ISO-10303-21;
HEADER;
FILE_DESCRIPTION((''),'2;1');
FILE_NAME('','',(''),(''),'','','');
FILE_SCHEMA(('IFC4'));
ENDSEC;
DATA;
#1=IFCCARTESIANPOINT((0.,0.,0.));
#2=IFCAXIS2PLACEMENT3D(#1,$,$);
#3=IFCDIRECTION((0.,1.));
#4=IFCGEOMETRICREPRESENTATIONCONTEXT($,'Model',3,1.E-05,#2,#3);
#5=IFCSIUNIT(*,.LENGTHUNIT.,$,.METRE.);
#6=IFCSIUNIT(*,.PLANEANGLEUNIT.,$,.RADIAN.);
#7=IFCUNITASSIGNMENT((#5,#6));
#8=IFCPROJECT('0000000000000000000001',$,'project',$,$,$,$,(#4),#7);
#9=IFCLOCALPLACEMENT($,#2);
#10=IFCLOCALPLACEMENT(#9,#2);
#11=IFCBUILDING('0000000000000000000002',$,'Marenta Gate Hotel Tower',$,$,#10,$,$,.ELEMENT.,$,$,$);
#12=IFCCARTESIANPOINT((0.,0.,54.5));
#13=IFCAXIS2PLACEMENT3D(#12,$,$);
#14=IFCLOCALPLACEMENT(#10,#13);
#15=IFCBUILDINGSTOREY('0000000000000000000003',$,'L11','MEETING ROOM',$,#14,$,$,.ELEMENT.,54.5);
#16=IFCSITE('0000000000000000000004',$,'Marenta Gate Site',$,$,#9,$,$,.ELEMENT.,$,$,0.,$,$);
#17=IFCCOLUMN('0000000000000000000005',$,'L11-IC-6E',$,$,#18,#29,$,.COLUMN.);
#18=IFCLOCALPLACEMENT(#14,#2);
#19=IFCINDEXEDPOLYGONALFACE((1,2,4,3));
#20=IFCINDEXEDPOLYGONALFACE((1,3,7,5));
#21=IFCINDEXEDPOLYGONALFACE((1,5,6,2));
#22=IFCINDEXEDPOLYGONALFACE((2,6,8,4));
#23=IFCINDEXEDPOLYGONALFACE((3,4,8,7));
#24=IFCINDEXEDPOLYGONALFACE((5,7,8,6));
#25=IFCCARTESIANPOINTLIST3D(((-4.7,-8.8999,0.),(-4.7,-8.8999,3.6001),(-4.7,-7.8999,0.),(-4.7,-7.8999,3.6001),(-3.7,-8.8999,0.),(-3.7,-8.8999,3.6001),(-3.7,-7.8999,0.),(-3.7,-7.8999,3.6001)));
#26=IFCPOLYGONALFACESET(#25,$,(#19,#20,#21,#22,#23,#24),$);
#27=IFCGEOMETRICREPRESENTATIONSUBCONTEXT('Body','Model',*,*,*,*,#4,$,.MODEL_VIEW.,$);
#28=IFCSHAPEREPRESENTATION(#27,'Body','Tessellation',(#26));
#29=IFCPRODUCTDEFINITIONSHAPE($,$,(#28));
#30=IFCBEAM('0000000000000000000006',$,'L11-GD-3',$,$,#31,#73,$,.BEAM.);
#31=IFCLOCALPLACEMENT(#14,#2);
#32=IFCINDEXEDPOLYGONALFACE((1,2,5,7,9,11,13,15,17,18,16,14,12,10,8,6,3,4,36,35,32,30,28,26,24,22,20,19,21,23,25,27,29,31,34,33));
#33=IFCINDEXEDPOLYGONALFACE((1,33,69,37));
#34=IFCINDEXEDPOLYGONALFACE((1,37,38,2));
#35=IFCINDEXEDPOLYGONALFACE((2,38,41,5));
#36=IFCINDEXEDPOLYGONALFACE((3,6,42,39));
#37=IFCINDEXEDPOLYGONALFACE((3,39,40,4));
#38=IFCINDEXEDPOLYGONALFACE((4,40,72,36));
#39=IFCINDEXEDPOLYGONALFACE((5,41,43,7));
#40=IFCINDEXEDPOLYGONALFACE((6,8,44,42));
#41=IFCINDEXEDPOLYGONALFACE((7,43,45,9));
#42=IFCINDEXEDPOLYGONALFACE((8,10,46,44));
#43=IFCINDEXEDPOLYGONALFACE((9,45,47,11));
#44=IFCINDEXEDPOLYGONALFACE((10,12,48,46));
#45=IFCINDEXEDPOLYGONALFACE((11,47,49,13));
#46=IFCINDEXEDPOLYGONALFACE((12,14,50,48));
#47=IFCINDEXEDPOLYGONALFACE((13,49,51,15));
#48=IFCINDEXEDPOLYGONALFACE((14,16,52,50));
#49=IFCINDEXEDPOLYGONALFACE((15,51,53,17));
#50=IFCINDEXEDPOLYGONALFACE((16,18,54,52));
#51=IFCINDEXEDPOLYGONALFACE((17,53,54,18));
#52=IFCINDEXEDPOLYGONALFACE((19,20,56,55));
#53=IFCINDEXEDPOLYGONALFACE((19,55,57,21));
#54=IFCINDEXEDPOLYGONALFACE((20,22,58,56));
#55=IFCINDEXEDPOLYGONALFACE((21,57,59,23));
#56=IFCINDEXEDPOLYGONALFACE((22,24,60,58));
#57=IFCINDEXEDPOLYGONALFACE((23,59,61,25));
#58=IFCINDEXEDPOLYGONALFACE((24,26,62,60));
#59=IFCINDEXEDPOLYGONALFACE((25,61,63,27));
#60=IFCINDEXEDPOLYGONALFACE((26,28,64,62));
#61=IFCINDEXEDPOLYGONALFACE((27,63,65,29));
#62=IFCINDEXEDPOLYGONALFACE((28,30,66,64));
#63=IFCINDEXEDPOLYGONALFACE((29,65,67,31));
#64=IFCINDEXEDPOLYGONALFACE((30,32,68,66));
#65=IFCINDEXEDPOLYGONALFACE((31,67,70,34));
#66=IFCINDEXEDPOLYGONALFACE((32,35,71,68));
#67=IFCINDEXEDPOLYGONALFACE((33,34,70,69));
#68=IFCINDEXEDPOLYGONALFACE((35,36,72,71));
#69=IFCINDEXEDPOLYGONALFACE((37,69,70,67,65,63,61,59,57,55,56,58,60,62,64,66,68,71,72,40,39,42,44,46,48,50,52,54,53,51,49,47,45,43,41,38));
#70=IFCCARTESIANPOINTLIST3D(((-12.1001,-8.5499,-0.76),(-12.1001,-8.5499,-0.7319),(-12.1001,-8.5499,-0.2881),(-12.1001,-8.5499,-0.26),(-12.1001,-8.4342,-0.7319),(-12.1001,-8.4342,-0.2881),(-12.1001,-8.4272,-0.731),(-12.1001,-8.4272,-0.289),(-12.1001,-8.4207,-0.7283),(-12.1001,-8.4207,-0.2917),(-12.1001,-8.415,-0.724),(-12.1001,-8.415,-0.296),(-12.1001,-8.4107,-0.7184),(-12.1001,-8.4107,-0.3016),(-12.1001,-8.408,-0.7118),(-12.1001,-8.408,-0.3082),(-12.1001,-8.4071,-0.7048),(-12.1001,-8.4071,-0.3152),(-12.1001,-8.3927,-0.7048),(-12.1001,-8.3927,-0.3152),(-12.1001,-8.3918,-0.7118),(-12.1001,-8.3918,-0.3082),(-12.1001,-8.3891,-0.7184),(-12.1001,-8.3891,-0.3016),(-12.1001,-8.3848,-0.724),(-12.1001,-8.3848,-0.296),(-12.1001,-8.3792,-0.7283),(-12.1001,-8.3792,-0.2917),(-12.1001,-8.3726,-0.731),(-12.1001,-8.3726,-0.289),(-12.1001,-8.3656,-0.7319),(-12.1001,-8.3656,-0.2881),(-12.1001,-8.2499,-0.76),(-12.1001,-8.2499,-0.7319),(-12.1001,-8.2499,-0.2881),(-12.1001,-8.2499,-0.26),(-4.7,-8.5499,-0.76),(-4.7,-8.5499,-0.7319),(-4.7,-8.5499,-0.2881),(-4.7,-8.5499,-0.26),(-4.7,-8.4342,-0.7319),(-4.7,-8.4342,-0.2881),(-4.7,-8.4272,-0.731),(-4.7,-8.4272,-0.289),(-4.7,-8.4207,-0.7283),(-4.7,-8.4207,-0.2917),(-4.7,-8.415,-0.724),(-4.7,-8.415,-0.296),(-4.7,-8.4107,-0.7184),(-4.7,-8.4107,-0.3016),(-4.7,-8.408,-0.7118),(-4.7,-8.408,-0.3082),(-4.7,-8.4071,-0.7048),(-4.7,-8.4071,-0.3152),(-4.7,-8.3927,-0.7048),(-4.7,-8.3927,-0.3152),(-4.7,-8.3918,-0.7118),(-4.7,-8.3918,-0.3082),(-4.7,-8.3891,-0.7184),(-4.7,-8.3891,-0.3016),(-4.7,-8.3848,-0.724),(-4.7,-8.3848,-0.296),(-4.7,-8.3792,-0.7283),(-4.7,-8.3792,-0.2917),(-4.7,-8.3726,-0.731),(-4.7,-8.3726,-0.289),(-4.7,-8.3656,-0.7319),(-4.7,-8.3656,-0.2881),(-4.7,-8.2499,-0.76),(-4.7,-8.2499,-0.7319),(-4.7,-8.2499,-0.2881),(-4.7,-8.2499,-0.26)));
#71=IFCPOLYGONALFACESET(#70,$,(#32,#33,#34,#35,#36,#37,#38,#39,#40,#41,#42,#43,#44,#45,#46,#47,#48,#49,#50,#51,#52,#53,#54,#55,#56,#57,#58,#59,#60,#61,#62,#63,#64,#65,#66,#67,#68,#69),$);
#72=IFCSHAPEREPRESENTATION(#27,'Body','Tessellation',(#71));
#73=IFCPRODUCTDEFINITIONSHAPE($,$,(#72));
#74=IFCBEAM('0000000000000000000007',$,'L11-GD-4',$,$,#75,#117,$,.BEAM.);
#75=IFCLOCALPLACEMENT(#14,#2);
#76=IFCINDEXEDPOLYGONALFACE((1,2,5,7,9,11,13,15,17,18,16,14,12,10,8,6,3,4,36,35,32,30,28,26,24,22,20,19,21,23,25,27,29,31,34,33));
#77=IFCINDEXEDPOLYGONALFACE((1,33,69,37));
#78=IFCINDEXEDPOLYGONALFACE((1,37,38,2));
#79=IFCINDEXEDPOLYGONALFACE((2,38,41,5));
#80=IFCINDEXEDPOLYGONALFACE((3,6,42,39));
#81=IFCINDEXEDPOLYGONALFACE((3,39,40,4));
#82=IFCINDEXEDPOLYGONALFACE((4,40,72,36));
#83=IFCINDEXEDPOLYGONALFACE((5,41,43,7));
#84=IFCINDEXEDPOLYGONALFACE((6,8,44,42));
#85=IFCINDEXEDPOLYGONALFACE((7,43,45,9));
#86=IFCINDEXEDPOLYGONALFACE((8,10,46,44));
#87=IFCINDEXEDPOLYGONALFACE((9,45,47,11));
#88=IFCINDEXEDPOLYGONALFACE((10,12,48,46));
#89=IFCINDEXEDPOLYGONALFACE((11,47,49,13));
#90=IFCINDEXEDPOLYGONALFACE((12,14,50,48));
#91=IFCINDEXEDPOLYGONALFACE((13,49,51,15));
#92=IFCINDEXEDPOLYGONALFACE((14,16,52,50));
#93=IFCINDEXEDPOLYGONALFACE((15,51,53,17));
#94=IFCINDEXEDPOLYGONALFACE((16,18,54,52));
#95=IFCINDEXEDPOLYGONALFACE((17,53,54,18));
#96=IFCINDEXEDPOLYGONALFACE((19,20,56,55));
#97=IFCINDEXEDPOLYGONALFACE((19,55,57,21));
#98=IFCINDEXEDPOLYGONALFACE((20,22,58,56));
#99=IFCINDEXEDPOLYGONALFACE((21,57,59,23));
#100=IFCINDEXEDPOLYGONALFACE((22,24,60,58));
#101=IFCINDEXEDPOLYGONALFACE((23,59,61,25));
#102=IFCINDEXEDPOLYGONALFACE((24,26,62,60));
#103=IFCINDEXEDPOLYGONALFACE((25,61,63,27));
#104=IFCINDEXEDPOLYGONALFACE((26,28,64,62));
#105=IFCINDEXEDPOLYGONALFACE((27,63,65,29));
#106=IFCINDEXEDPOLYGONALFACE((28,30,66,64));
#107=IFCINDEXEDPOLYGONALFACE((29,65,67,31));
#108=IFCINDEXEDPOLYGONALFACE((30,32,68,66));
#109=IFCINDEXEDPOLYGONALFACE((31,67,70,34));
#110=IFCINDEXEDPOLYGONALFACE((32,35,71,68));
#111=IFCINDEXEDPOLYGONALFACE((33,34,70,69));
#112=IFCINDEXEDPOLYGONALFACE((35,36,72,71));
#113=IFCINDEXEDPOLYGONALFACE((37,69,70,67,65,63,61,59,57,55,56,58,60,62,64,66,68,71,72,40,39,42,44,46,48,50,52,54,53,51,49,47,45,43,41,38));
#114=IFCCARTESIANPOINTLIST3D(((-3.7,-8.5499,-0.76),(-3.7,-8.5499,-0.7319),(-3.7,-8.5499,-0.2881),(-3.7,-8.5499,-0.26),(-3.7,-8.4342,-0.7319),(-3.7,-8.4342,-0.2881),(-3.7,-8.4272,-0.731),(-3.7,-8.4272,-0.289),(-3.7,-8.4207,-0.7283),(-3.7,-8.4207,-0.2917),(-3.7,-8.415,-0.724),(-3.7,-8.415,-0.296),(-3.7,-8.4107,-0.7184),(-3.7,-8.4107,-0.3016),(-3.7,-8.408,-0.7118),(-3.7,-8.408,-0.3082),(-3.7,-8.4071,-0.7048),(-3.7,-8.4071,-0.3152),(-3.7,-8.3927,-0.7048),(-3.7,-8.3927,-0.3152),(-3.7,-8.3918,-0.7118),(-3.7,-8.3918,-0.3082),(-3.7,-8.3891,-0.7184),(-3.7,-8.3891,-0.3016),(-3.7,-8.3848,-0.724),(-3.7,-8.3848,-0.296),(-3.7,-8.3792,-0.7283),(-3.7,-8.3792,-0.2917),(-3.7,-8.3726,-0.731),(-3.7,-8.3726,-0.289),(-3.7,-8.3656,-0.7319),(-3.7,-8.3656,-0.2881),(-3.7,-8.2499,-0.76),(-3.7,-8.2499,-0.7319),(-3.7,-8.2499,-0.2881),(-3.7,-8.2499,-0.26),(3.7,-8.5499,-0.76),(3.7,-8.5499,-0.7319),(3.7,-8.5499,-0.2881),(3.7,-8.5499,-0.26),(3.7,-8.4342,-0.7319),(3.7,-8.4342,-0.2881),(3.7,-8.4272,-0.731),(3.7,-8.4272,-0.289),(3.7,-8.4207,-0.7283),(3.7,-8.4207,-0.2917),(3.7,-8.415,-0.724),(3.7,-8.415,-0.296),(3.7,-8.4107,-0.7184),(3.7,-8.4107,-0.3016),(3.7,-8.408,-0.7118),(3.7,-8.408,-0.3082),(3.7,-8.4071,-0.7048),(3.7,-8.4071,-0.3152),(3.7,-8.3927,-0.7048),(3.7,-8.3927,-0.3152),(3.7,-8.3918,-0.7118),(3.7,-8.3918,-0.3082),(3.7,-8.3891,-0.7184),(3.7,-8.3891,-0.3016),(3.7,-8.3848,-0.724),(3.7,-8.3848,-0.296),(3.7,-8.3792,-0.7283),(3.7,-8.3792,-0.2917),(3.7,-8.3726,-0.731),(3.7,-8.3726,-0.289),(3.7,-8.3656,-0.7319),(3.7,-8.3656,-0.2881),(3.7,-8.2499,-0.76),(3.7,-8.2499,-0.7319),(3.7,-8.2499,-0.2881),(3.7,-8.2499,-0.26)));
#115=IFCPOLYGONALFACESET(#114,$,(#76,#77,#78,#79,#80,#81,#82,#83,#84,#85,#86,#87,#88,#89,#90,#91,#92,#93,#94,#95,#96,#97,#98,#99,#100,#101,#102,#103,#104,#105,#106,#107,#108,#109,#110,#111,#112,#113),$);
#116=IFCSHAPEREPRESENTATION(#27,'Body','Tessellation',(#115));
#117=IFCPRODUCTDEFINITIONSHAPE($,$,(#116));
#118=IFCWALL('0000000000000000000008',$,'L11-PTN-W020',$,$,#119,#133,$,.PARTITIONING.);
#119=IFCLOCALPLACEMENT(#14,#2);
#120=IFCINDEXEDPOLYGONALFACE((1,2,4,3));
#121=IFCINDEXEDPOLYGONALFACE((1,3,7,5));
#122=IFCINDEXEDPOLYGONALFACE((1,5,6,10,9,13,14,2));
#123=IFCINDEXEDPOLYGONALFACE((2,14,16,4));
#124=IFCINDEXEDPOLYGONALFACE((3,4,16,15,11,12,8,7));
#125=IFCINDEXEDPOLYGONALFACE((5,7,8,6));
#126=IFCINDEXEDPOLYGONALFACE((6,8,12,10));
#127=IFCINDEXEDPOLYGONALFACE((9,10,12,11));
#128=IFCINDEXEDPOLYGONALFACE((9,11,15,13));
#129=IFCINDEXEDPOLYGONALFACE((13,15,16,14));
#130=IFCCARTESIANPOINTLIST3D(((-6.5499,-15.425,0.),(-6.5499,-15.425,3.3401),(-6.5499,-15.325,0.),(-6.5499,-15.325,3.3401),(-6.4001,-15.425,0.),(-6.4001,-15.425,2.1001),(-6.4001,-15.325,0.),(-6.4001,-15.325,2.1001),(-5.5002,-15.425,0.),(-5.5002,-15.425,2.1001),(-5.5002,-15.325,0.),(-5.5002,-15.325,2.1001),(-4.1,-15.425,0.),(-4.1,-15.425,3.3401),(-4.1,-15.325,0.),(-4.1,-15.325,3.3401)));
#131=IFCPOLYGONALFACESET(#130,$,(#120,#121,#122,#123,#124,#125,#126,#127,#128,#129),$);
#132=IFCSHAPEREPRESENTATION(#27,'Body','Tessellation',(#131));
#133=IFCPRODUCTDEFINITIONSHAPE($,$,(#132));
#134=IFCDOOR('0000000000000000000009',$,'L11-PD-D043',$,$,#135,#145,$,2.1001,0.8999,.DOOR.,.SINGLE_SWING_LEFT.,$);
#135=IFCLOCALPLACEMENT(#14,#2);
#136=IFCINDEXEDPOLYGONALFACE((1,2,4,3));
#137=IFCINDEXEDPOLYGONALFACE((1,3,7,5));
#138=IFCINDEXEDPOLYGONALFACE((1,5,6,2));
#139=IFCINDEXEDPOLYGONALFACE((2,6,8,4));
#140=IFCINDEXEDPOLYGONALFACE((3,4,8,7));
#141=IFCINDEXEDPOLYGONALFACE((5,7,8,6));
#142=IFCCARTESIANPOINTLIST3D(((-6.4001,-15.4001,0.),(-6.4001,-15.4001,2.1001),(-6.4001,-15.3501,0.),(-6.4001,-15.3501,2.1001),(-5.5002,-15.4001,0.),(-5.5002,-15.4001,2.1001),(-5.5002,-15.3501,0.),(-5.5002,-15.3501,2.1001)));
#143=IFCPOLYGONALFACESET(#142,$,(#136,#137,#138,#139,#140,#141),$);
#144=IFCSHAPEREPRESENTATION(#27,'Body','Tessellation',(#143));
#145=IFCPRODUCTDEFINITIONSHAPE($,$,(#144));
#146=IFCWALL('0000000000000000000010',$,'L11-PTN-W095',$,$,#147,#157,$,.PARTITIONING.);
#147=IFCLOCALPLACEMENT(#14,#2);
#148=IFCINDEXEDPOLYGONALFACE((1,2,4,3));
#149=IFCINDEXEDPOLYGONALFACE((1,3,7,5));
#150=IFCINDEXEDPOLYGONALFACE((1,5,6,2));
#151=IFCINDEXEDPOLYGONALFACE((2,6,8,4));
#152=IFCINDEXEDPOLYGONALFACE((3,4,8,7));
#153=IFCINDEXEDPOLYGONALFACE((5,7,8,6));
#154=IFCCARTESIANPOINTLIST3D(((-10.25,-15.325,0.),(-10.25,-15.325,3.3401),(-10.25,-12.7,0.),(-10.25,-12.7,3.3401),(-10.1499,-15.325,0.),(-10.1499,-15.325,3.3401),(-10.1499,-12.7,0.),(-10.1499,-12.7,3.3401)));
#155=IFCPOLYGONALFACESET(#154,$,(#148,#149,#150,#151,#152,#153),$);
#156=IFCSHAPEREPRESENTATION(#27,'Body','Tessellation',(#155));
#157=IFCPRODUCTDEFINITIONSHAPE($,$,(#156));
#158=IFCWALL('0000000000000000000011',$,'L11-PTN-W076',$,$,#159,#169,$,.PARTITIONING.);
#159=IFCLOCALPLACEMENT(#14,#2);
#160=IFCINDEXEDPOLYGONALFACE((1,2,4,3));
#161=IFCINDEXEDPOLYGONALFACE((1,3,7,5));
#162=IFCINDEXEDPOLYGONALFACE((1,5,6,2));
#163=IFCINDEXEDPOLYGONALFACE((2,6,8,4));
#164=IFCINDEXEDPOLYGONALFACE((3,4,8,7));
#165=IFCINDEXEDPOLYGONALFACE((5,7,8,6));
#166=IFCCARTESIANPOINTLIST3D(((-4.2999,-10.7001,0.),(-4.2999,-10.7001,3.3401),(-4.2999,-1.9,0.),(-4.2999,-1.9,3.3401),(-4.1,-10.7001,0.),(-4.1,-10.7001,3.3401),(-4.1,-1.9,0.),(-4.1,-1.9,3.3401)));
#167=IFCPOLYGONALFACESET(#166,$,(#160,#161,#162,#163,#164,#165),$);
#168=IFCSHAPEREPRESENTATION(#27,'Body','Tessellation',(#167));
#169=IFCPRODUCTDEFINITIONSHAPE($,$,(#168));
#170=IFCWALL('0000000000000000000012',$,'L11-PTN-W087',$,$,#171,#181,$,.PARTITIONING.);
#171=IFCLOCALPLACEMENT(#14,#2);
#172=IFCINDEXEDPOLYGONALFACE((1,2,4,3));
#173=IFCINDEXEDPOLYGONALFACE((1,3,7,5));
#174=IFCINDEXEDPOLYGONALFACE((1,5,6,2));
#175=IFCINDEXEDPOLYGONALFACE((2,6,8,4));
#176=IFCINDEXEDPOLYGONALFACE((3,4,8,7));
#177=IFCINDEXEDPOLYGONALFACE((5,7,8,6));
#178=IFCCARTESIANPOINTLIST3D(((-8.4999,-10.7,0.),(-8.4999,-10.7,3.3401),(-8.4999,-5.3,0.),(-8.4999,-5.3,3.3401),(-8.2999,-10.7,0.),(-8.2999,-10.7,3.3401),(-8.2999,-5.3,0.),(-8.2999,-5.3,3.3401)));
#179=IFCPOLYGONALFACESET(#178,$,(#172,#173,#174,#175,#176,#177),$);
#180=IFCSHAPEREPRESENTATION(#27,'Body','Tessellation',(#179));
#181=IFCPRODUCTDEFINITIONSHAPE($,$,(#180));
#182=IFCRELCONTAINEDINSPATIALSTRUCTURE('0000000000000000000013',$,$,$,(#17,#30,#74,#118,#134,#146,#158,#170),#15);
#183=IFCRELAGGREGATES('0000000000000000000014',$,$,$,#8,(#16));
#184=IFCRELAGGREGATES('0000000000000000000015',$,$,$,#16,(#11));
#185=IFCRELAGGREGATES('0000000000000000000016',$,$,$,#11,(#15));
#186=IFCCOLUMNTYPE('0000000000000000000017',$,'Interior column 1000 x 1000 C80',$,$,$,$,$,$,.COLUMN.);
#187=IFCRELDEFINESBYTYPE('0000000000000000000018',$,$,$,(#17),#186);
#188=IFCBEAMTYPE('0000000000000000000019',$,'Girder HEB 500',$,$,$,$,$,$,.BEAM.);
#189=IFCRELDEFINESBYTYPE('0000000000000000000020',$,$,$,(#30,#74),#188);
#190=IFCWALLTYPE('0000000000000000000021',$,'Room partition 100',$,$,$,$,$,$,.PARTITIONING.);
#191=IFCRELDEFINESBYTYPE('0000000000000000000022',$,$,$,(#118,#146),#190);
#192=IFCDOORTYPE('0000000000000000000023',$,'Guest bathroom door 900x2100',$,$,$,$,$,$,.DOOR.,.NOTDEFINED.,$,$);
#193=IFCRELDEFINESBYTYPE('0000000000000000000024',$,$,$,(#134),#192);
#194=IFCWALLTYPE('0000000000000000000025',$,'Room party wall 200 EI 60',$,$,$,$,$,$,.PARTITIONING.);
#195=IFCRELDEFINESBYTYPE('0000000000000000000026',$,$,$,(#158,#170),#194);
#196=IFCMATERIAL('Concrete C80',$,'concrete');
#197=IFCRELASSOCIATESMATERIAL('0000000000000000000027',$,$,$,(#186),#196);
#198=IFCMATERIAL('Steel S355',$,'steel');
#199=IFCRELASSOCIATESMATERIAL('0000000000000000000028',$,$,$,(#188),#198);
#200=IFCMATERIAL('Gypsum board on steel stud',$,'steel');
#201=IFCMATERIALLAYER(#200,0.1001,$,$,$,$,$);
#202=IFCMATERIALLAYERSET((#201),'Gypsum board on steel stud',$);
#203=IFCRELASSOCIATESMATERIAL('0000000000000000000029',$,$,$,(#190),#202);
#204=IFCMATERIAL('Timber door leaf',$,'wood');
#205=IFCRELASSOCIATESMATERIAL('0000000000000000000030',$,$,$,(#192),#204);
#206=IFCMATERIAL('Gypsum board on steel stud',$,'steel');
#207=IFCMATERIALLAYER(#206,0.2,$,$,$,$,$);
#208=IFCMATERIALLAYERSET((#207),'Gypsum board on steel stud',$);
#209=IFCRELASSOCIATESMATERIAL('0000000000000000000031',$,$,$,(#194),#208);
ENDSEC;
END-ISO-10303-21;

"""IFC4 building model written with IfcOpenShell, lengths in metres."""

from ifc_helpers import new_model, si_unit, direction, frame, frame_2d, origin, origin_2d, place, context, subcontext, project, spatial, rectangle, i_section, extrude, material, layer, layer_set, material_profile, profile_set, type_object, element, fill, save


model = new_model("IFC4")

# Units and contexts
model_context = context("Model", 3, precision=1e-05, world=origin(), true_north=direction((0.0, 1.0)))
body_context = subcontext(model_context, "Body", "Model", "MODEL_VIEW")
ifc_project = project(units=[si_unit("LENGTHUNIT", "METRE"), si_unit("PLANEANGLEUNIT", "RADIAN")], contexts=[model_context])

# Site, building, storey
site_placement = place(None, origin())
site = spatial("IfcSite", under=ifc_project, at=site_placement, Name="Marenta Gate Site", CompositionType="ELEMENT", RefElevation=0.0)
building_placement = place(site_placement, origin())
building = spatial("IfcBuilding", under=site, at=building_placement, Name="Marenta Gate Hotel Tower", CompositionType="ELEMENT")
storey_placement = place(building_placement, frame((0.0, 0.0, 54.5)))
storey = spatial("IfcBuildingStorey", under=building, at=storey_placement, Name="L11", Description="MEETING ROOM", CompositionType="ELEMENT", Elevation=54.5)

# Column
ifc_material_1 = material(Name="Concrete C80", Category="concrete")
ifc_material_profile_1 = material_profile(ifc_material_1, rectangle(XDim=1.0, YDim=1.0, at=origin_2d()), Name="1000 x 1000")
ifc_profile_set_1 = profile_set([ifc_material_profile_1], Name="Concrete C80")
column_type = type_object("IfcColumnType", Name="Interior column 1000 x 1000 C80", PredefinedType="COLUMN", material=ifc_profile_set_1)
column_placement = place(storey_placement, frame((-4.2, -8.3999, 0.0), z_axis=(0.0, 0.0, 1.0), x_axis=(1.0, 0.0, 0.0)))
element("IfcColumn", 1, at=column_placement, inside=storey, type_object=column_type, Name="L11-IC-6E", PredefinedType="COLUMN", context=body_context, shape_type="SweptSolid", body=[
    extrude(rectangle(XDim=1.0, YDim=1.0, at=origin_2d()), origin(), (0.0, 0.0, 1.0), 3.6001),
])

# Beams
ifc_material_2 = material(Name="Steel S355", Category="steel")
ifc_material_profile_2 = material_profile(ifc_material_2, i_section(OverallWidth=0.3, OverallDepth=0.5, WebThickness=0.0144, FlangeThickness=0.0281, FilletRadius=0.0271, at=origin_2d()), Name="HEB 500")
ifc_profile_set_2 = profile_set([ifc_material_profile_2], Name="Steel S355")
beam_type = type_object("IfcBeamType", Name="Girder HEB 500", PredefinedType="BEAM", material=ifc_profile_set_2)
beam_1_placement = place(storey_placement, frame((-12.1001, -8.3999, -0.51), z_axis=(1.0, 0.0, 0.0), x_axis=(0.0, 1.0, 0.0)))
element("IfcBeam", 2, at=beam_1_placement, inside=storey, type_object=beam_type, Name="L11-GD-3", PredefinedType="BEAM", context=body_context, shape_type="SweptSolid", body=[
    extrude(i_section(OverallWidth=0.3, OverallDepth=0.5, WebThickness=0.0144, FlangeThickness=0.0281, FilletRadius=0.0271, at=origin_2d()), origin(), (0.0, 0.0, 1.0), 7.4001),
])
beam_2_placement = place(storey_placement, frame((-3.7, -8.3999, -0.51), z_axis=(1.0, 0.0, 0.0), x_axis=(0.0, 1.0, 0.0)))
element("IfcBeam", 3, at=beam_2_placement, inside=storey, type_object=beam_type, Name="L11-GD-4", PredefinedType="BEAM", context=body_context, shape_type="SweptSolid", body=[
    extrude(i_section(OverallWidth=0.3, OverallDepth=0.5, WebThickness=0.0144, FlangeThickness=0.0281, FilletRadius=0.0271, at=origin_2d()), origin(), (0.0, 0.0, 1.0), 7.3999),
])

# Wall, opening, door
ifc_material_3 = material(Name="Gypsum board on steel stud", Category="steel")
ifc_layer_1 = layer(ifc_material_3, 0.1001)
ifc_layer_set_1 = layer_set([ifc_layer_1], Name="Gypsum board on steel stud")
wall_type_1 = type_object("IfcWallType", Name="Room partition 100", PredefinedType="PARTITIONING", material=ifc_layer_set_1)
wall_1_placement = place(storey_placement, frame((-6.55, -15.375, 0.0), z_axis=(0.0, 0.0, 1.0), x_axis=(1.0, 0.0, 0.0)))
wall_1 = element("IfcWall", 4, at=wall_1_placement, inside=storey, type_object=wall_type_1, Name="L11-PTN-W020", PredefinedType="PARTITIONING", context=body_context, shape_type="SweptSolid", body=[
    extrude(rectangle(XDim=2.45, YDim=0.1001, at=frame_2d((1.2251, 0.0))), origin(), (0.0, 0.0, 1.0), 3.3401),
])
opening_placement = place(wall_1_placement, frame((0.1499, 0.0, 0.0)))
opening = element("IfcOpeningElement", 5, at=opening_placement, cuts=wall_1, PredefinedType="OPENING", context=body_context, shape_type="SweptSolid", body=[
    extrude(rectangle(XDim=0.8999, YDim=2.1001, at=frame_2d((0.45, 1.05))), frame((0.0, 0.05, 0.0), z_axis=(0.0, -1.0, 0.0), x_axis=(1.0, 0.0, 0.0)), (0.0, 0.0, 1.0), 0.1001),
])
ifc_material_4 = material(Name="Timber door leaf", Category="wood")
door_type = type_object("IfcDoorType", Name="Guest bathroom door 900x2100", OperationType="NOTDEFINED", PredefinedType="DOOR", material=ifc_material_4)
door_placement = place(opening_placement, origin())
door = element("IfcDoor", 6, at=door_placement, inside=storey, type_object=door_type, Name="L11-PD-D043", OperationType="SINGLE_SWING_LEFT", OverallHeight=2.1001, OverallWidth=0.8999, PredefinedType="DOOR", context=body_context, shape_type="SweptSolid", body=[
    extrude(rectangle(XDim=0.8999, YDim=2.1001, at=frame_2d((0.45, 1.05))), frame((0.0, 0.0249, 0.0), z_axis=(0.0, -1.0, 0.0), x_axis=(1.0, 0.0, 0.0)), (0.0, 0.0, 1.0), 0.05),
])
fill(opening, door)

# Walls
wall_2_placement = place(storey_placement, frame((-10.2, -15.325, 0.0), z_axis=(0.0, 0.0, 1.0), x_axis=(0.0, 1.0, 0.0)))
element("IfcWall", 7, at=wall_2_placement, inside=storey, type_object=wall_type_1, Name="L11-PTN-W095", PredefinedType="PARTITIONING", context=body_context, shape_type="SweptSolid", body=[
    extrude(rectangle(XDim=2.625, YDim=0.1001, at=frame_2d((1.3125, 0.0))), origin(), (0.0, 0.0, 1.0), 3.3401),
])
ifc_material_5 = material(Name="Gypsum board on steel stud", Category="steel")
ifc_layer_2 = layer(ifc_material_5, 0.2)
ifc_layer_set_2 = layer_set([ifc_layer_2], Name="Gypsum board on steel stud")
wall_type_2 = type_object("IfcWallType", Name="Room party wall 200 EI 60", PredefinedType="PARTITIONING", material=ifc_layer_set_2)
wall_3_placement = place(storey_placement, frame((-4.2, -10.7, 0.0), z_axis=(0.0, 0.0, 1.0), x_axis=(0.0, 1.0, 0.0)))
element("IfcWall", 8, at=wall_3_placement, inside=storey, type_object=wall_type_2, Name="L11-PTN-W076", PredefinedType="PARTITIONING", context=body_context, shape_type="SweptSolid", body=[
    extrude(rectangle(XDim=8.8, YDim=0.2, at=frame_2d((4.3999, 0.0))), origin(), (0.0, 0.0, 1.0), 3.3401),
])
wall_4_placement = place(storey_placement, frame((-8.3999, -10.7, 0.0), z_axis=(0.0, 0.0, 1.0), x_axis=(0.0, 1.0, 0.0)))
element("IfcWall", 9, at=wall_4_placement, inside=storey, type_object=wall_type_2, Name="L11-PTN-W087", PredefinedType="PARTITIONING", context=body_context, shape_type="SweptSolid", body=[
    extrude(rectangle(XDim=5.3999, YDim=0.2, at=frame_2d((2.7, 0.0))), origin(), (0.0, 0.0, 1.0), 3.3401),
])

save(model, "model.ifc")
